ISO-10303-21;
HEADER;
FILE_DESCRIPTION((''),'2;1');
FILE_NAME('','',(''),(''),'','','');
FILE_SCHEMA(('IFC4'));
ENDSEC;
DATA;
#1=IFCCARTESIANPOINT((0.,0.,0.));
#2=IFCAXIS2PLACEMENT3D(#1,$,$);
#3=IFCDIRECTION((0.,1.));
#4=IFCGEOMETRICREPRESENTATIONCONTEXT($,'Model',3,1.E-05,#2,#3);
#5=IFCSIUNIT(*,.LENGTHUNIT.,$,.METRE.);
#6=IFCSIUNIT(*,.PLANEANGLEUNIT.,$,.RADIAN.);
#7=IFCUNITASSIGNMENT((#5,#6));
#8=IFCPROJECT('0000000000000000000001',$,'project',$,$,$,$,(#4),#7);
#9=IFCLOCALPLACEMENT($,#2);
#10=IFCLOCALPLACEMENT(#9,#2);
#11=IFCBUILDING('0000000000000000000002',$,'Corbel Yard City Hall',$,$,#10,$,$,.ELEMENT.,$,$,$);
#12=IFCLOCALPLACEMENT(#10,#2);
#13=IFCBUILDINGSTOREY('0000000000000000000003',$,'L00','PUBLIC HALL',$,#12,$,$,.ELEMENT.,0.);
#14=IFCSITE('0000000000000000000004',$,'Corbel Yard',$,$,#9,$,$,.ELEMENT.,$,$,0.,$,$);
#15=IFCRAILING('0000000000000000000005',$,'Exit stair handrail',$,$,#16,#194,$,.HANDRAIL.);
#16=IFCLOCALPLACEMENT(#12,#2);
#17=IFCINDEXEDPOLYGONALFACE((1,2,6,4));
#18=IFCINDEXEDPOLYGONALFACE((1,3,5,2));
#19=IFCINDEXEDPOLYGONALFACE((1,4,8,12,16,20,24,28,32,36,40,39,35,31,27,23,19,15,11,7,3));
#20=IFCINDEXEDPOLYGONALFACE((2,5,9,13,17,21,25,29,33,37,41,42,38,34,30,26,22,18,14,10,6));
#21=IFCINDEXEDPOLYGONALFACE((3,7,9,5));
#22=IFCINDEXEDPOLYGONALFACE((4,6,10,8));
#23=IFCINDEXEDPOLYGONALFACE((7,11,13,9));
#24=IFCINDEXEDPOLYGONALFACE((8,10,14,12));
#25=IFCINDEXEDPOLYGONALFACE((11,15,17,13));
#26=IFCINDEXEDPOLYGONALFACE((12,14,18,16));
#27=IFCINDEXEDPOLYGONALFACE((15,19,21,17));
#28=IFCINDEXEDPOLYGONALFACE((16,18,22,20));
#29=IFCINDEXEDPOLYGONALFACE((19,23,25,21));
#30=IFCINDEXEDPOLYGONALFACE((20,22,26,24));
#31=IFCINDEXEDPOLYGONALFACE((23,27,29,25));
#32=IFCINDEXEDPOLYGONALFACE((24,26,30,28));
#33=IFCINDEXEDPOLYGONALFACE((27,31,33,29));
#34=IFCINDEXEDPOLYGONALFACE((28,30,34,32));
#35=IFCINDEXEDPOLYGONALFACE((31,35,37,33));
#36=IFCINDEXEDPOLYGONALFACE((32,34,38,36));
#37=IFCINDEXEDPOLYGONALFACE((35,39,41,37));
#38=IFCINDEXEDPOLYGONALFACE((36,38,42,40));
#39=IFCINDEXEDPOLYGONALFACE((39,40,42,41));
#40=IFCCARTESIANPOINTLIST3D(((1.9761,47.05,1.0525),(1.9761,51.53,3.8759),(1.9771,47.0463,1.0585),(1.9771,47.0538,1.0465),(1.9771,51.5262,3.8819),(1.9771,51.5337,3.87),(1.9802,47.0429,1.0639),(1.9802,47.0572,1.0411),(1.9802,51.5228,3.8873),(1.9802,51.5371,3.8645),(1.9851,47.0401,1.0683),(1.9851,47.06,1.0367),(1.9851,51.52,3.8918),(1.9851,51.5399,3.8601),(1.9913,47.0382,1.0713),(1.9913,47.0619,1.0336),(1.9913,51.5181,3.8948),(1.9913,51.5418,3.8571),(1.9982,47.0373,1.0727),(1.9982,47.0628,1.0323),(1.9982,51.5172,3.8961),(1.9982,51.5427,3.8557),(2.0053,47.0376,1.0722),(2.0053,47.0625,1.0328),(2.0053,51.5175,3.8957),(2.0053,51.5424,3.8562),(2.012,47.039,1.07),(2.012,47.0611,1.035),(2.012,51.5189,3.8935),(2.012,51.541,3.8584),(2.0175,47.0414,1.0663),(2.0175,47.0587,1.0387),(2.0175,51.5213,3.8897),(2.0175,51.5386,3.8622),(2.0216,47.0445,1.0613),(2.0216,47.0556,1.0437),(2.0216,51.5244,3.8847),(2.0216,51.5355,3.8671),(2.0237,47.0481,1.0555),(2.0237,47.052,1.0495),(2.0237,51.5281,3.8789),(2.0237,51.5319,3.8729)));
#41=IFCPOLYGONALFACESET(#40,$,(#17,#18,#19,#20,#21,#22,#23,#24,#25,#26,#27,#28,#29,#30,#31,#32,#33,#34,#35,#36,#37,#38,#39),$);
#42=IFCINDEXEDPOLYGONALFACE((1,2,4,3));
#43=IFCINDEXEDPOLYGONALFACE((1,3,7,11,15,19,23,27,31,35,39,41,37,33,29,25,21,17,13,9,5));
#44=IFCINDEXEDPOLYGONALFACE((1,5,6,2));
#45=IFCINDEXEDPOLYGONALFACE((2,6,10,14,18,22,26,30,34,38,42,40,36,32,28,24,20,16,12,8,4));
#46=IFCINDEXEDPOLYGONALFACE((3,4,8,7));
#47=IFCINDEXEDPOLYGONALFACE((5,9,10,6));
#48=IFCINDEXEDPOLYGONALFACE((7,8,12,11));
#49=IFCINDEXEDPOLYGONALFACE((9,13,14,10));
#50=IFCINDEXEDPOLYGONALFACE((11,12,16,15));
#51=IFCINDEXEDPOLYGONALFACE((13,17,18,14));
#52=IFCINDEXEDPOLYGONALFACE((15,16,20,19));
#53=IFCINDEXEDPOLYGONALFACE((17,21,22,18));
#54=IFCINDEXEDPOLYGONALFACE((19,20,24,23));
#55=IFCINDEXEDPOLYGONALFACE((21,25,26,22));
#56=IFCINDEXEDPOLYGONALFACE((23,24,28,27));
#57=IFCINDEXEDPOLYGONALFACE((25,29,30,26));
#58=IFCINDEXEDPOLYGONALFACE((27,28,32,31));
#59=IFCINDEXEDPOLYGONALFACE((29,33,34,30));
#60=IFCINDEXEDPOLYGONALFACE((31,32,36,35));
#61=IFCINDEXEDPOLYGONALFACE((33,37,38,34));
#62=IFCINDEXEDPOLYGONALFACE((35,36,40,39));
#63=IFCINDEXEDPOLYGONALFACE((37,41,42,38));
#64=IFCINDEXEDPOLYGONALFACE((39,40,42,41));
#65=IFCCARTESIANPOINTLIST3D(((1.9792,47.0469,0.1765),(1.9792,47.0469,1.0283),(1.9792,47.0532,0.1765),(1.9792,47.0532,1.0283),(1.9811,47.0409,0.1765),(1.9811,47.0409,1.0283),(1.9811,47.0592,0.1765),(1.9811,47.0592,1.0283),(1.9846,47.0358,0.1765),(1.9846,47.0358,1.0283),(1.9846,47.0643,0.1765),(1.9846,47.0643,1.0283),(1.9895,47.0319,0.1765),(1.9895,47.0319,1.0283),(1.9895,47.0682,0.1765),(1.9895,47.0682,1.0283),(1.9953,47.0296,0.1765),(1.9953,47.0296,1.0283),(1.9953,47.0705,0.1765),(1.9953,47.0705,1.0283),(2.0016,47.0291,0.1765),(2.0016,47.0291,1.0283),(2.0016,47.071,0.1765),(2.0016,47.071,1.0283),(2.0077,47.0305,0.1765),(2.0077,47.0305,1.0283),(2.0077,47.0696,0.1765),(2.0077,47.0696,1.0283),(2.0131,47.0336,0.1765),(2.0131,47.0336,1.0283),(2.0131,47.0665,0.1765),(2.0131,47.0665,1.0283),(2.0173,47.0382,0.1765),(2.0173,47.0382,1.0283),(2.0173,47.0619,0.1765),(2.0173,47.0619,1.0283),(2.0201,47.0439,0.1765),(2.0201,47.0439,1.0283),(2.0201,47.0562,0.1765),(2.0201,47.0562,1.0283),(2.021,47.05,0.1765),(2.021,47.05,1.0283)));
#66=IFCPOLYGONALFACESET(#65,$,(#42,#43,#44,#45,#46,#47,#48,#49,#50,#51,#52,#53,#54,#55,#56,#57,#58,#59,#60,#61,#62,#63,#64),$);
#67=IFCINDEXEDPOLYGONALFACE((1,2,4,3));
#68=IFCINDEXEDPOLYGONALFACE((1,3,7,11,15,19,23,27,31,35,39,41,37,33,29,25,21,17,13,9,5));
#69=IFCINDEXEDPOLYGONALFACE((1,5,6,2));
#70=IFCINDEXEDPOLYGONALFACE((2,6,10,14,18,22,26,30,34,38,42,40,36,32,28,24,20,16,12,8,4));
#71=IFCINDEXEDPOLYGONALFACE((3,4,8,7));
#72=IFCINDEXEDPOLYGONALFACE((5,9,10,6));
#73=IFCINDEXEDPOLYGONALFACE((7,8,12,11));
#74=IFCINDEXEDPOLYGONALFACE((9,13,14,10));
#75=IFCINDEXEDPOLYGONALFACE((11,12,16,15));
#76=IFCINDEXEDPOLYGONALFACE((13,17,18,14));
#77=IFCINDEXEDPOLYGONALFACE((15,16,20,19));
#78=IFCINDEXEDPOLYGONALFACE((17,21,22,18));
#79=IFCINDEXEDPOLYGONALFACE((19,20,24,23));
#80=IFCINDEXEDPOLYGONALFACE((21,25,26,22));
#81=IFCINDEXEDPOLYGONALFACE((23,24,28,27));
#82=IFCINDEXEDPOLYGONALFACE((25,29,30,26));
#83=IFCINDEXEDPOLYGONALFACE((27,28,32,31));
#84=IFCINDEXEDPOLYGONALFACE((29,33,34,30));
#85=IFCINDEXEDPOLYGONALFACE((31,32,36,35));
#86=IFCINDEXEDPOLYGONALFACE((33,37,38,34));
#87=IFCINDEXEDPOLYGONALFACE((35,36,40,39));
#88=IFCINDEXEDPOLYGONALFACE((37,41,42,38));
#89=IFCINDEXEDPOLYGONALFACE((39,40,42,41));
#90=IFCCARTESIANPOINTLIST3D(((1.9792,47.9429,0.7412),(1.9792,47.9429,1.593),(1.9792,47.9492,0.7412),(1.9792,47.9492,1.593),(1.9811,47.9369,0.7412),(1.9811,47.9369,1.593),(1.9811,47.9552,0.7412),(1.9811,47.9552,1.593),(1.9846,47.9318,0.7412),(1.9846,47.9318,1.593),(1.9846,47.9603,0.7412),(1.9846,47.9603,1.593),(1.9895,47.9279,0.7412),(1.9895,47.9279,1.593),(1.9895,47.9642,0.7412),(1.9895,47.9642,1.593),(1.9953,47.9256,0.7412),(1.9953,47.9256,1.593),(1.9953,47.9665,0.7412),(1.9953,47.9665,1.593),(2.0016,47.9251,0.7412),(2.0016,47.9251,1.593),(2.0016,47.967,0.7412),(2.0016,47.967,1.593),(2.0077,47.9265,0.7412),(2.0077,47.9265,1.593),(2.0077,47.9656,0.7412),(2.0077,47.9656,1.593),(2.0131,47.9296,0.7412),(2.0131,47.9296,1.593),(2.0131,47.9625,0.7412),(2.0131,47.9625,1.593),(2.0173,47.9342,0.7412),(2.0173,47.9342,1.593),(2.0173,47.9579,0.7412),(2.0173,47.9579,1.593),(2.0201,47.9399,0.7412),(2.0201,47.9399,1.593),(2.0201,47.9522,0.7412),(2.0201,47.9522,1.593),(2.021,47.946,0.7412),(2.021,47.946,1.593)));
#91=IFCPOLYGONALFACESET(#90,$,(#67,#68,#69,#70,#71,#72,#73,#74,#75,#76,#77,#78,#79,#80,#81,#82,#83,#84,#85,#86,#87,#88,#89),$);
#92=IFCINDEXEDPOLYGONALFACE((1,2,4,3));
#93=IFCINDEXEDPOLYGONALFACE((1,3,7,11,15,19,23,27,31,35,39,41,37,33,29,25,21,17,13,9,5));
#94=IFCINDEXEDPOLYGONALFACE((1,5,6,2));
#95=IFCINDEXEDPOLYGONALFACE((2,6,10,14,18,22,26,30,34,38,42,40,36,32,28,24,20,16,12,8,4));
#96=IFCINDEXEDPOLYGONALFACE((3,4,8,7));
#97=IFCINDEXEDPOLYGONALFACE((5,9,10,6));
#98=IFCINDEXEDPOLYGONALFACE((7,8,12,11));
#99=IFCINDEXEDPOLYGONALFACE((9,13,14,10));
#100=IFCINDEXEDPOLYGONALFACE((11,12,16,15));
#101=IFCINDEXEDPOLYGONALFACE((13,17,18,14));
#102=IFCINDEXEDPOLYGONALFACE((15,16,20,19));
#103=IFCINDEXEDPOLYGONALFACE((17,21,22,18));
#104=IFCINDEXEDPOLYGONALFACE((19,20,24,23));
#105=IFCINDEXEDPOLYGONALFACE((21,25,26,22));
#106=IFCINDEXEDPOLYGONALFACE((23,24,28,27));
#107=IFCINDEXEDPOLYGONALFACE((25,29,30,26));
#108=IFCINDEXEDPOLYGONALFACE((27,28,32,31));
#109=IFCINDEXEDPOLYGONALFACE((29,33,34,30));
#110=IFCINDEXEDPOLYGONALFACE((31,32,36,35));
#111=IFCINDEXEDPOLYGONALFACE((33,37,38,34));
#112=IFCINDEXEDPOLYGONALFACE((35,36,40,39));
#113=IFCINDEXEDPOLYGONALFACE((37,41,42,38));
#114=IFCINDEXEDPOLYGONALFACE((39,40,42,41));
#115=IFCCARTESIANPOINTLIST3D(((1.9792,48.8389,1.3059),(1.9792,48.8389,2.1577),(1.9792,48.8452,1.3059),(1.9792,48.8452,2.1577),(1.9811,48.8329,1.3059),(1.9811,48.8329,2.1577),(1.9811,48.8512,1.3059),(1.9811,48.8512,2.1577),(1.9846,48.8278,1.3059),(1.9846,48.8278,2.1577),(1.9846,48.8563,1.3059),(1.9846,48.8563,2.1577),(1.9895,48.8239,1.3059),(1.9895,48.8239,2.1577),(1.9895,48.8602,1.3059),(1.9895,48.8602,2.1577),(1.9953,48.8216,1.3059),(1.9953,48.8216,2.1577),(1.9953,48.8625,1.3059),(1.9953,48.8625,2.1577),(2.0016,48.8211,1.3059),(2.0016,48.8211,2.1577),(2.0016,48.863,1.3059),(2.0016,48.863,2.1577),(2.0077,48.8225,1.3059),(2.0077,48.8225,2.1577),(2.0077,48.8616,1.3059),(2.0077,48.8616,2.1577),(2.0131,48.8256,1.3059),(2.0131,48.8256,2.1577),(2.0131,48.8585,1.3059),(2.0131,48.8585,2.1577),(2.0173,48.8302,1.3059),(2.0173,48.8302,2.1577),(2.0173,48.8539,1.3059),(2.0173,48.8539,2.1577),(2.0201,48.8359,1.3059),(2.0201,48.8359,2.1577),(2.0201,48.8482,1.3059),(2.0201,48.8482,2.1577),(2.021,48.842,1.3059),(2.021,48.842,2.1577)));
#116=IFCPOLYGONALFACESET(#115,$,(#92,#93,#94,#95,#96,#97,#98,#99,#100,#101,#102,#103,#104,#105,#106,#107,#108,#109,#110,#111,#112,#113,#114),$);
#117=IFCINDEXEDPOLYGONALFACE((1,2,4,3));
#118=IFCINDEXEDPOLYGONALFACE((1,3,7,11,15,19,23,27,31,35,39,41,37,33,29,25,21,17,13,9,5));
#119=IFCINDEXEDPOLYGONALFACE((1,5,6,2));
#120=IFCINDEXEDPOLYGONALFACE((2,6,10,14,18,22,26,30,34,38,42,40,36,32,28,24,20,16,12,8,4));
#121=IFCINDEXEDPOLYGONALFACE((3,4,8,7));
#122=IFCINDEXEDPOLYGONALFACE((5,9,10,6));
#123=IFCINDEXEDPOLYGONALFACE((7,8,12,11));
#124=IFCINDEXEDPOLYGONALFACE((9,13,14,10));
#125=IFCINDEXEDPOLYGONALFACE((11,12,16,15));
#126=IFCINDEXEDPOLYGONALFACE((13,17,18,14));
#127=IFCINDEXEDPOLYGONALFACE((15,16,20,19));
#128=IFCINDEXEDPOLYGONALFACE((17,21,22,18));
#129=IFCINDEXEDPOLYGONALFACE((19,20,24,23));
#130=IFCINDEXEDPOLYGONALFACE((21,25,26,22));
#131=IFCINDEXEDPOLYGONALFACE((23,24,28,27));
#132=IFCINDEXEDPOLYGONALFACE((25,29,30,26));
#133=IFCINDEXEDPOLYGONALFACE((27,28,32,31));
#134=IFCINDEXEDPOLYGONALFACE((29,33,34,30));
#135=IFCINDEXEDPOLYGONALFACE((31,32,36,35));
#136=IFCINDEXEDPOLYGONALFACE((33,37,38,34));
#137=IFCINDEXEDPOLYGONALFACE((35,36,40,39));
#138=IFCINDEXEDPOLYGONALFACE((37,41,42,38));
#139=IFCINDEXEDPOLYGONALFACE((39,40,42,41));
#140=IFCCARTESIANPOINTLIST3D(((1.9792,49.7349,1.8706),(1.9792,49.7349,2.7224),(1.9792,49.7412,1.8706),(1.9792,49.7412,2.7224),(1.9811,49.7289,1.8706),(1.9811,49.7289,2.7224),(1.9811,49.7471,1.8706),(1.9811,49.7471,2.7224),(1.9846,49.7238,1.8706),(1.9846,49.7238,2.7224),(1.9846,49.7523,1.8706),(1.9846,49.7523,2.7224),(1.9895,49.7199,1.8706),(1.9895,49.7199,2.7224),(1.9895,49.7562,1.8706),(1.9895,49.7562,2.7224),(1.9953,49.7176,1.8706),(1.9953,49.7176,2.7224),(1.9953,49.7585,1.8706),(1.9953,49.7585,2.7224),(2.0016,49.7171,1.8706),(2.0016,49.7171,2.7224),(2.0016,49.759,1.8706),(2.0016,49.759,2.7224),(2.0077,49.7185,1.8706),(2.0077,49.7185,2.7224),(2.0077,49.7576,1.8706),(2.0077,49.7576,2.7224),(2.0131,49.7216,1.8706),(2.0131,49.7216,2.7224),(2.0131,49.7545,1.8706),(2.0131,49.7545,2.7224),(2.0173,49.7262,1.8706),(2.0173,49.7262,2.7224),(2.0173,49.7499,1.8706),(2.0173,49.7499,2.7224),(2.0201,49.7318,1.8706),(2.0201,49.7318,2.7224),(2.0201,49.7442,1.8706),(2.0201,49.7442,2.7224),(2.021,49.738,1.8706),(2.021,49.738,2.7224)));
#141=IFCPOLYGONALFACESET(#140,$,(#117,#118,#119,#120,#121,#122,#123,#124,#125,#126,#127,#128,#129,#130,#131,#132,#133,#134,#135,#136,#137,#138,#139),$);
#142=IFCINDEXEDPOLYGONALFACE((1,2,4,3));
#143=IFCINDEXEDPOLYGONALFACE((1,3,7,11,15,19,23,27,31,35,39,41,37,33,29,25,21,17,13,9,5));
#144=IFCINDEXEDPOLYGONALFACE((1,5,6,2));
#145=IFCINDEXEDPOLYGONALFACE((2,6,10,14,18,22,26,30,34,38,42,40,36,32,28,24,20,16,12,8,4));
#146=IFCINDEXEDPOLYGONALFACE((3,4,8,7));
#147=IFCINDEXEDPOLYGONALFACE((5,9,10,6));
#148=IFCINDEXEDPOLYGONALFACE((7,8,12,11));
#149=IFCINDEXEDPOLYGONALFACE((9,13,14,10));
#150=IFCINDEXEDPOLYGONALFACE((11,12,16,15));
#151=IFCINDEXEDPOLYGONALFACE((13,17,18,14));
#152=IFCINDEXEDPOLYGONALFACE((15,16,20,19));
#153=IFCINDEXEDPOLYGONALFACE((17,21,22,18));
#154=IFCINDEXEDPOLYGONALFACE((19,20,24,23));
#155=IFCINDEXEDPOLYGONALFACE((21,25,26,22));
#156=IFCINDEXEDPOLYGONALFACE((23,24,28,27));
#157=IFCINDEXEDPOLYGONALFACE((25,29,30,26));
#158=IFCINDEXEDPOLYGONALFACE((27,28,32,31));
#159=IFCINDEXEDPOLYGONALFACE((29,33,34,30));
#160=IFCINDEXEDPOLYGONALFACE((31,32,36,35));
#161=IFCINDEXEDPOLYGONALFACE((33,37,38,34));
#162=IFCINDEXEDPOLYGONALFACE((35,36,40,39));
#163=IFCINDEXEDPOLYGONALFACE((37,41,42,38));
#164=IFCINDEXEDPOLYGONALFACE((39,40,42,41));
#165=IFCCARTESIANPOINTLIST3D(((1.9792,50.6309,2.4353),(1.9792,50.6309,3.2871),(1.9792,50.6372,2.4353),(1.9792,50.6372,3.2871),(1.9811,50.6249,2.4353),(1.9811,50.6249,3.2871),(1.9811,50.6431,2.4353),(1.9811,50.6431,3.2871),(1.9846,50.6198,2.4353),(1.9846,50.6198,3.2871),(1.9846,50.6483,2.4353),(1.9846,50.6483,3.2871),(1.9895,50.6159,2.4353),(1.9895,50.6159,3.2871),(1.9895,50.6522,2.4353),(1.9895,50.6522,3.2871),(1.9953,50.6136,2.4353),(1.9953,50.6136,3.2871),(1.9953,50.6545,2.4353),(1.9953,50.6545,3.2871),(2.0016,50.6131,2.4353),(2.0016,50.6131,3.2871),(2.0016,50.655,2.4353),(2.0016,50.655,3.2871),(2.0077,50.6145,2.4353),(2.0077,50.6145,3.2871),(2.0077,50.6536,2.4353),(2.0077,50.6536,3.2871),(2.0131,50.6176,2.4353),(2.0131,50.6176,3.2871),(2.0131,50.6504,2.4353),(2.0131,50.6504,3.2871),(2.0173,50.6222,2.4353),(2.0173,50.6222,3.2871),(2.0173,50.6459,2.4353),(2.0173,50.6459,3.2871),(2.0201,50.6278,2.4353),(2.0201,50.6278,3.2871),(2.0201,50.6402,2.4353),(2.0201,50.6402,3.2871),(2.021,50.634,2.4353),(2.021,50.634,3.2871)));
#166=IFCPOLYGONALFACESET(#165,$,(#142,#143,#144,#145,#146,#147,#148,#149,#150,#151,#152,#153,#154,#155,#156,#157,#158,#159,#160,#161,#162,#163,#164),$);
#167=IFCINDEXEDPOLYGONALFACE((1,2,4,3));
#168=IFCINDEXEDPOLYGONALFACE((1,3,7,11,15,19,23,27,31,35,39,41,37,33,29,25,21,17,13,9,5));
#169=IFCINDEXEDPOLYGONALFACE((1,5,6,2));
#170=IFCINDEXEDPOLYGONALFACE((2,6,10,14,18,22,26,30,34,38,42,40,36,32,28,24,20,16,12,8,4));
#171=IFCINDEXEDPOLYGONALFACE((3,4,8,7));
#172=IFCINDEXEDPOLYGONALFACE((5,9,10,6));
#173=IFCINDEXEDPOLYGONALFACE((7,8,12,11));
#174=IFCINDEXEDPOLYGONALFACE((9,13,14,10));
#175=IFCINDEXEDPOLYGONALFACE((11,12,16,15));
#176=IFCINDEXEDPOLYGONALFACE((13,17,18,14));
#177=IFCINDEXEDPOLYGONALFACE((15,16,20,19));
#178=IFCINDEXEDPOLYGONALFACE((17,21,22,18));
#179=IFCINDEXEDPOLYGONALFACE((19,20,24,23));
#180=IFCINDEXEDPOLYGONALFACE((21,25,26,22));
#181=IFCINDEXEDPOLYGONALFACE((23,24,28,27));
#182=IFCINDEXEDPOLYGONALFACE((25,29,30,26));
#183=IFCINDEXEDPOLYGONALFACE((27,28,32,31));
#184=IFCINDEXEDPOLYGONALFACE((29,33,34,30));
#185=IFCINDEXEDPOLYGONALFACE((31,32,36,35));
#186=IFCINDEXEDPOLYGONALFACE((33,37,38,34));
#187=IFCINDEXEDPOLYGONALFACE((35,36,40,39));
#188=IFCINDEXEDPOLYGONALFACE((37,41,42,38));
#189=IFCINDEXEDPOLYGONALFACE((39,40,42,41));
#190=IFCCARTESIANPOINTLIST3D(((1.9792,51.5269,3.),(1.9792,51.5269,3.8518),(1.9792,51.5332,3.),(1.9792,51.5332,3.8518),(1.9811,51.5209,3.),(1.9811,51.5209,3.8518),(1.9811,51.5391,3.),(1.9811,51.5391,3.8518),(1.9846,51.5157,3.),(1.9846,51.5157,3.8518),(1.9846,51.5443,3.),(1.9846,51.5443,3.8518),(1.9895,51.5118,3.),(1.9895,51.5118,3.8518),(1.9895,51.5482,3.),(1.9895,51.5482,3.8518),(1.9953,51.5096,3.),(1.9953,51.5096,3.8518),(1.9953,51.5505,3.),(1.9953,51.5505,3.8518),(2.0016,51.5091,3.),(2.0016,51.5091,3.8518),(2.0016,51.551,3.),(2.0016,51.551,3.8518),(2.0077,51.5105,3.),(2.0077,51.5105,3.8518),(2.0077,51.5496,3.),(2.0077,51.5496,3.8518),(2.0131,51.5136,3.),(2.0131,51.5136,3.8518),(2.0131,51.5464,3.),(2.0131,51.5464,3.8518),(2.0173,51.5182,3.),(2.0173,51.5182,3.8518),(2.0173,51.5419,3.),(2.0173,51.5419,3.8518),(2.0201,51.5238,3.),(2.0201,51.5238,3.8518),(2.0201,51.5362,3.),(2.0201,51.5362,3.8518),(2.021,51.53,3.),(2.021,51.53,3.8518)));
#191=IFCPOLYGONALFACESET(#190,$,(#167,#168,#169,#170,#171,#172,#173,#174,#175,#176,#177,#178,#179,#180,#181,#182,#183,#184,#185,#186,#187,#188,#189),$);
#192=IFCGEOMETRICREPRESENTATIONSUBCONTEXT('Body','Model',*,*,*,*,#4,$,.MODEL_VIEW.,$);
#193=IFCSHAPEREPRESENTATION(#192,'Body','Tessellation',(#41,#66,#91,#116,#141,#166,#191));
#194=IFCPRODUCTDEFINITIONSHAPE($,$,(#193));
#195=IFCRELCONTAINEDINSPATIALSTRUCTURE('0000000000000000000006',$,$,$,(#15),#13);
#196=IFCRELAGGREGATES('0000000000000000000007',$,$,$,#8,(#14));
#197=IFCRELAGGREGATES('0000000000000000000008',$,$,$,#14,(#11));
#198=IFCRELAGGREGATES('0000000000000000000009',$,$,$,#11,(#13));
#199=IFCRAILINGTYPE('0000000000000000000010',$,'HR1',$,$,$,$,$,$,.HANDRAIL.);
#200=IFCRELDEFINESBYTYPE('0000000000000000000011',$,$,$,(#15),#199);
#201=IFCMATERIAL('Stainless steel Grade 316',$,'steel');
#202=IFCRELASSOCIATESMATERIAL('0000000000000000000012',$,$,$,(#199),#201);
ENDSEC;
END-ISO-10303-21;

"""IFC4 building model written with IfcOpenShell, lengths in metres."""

from ifc_helpers import new_model, si_unit, direction, frame, origin, origin_2d, place, context, subcontext, project, spatial, circle, extrude, material, type_object, element, save


model = new_model("IFC4")

# Units and contexts
model_context = context("Model", 3, precision=1e-05, world=origin(), true_north=direction((0.0, 1.0)))
body_context = subcontext(model_context, "Body", "Model", "MODEL_VIEW")
ifc_project = project(units=[si_unit("LENGTHUNIT", "METRE"), si_unit("PLANEANGLEUNIT", "RADIAN")], contexts=[model_context])

# Site, building, storey
site_placement = place(None, origin())
site = spatial("IfcSite", under=ifc_project, at=site_placement, Name="Corbel Yard", CompositionType="ELEMENT", RefElevation=0.0)
building_placement = place(site_placement, origin())
building = spatial("IfcBuilding", under=site, at=building_placement, Name="Corbel Yard City Hall", CompositionType="ELEMENT")
storey_placement = place(building_placement, origin())
storey = spatial("IfcBuildingStorey", under=building, at=storey_placement, Name="L00", Description="PUBLIC HALL", CompositionType="ELEMENT", Elevation=0.0)

# Railing
ifc_material_1 = material(Name="Stainless steel Grade 316", Category="steel")
railing_type = type_object("IfcRailingType", Name="HR1", PredefinedType="HANDRAIL", material=ifc_material_1)
for number, where, name in (
    (1, (2.0, 47.05, 0.1765), "Exit stair handrail"),
):
    element("IfcRailing", number, at=place(storey_placement, frame(where)), inside=storey, type_object=railing_type, Name=name, PredefinedType="HANDRAIL", context=body_context, shape_type="SweptSolid", body=[
        extrude(circle(Radius=0.0239, at=origin_2d()), frame((0.0, 0.0, 0.876), z_axis=(0.0, 0.845998, 0.533186), x_axis=(-1.0, 0.0, 0.0)), (0.0, 0.0, 1.0), 5.2954),
        extrude(circle(Radius=0.021, at=origin_2d()), origin(), (0.0, 0.0, 1.0), 0.8518),
        extrude(circle(Radius=0.021, at=origin_2d()), frame((0.0, 0.896, 0.5647)), (0.0, 0.0, 1.0), 0.8518),
        extrude(circle(Radius=0.021, at=origin_2d()), frame((0.0, 1.792, 1.1294)), (0.0, 0.0, 1.0), 0.8518),
        extrude(circle(Radius=0.021, at=origin_2d()), frame((0.0, 2.688, 1.6941)), (0.0, 0.0, 1.0), 0.8518),
        extrude(circle(Radius=0.021, at=origin_2d()), frame((0.0, 3.584, 2.2588)), (0.0, 0.0, 1.0), 0.8518),
        extrude(circle(Radius=0.021, at=origin_2d()), frame((0.0, 4.48, 2.8235)), (0.0, 0.0, 1.0), 0.8518),
    ])

save(model, "model.ifc")
